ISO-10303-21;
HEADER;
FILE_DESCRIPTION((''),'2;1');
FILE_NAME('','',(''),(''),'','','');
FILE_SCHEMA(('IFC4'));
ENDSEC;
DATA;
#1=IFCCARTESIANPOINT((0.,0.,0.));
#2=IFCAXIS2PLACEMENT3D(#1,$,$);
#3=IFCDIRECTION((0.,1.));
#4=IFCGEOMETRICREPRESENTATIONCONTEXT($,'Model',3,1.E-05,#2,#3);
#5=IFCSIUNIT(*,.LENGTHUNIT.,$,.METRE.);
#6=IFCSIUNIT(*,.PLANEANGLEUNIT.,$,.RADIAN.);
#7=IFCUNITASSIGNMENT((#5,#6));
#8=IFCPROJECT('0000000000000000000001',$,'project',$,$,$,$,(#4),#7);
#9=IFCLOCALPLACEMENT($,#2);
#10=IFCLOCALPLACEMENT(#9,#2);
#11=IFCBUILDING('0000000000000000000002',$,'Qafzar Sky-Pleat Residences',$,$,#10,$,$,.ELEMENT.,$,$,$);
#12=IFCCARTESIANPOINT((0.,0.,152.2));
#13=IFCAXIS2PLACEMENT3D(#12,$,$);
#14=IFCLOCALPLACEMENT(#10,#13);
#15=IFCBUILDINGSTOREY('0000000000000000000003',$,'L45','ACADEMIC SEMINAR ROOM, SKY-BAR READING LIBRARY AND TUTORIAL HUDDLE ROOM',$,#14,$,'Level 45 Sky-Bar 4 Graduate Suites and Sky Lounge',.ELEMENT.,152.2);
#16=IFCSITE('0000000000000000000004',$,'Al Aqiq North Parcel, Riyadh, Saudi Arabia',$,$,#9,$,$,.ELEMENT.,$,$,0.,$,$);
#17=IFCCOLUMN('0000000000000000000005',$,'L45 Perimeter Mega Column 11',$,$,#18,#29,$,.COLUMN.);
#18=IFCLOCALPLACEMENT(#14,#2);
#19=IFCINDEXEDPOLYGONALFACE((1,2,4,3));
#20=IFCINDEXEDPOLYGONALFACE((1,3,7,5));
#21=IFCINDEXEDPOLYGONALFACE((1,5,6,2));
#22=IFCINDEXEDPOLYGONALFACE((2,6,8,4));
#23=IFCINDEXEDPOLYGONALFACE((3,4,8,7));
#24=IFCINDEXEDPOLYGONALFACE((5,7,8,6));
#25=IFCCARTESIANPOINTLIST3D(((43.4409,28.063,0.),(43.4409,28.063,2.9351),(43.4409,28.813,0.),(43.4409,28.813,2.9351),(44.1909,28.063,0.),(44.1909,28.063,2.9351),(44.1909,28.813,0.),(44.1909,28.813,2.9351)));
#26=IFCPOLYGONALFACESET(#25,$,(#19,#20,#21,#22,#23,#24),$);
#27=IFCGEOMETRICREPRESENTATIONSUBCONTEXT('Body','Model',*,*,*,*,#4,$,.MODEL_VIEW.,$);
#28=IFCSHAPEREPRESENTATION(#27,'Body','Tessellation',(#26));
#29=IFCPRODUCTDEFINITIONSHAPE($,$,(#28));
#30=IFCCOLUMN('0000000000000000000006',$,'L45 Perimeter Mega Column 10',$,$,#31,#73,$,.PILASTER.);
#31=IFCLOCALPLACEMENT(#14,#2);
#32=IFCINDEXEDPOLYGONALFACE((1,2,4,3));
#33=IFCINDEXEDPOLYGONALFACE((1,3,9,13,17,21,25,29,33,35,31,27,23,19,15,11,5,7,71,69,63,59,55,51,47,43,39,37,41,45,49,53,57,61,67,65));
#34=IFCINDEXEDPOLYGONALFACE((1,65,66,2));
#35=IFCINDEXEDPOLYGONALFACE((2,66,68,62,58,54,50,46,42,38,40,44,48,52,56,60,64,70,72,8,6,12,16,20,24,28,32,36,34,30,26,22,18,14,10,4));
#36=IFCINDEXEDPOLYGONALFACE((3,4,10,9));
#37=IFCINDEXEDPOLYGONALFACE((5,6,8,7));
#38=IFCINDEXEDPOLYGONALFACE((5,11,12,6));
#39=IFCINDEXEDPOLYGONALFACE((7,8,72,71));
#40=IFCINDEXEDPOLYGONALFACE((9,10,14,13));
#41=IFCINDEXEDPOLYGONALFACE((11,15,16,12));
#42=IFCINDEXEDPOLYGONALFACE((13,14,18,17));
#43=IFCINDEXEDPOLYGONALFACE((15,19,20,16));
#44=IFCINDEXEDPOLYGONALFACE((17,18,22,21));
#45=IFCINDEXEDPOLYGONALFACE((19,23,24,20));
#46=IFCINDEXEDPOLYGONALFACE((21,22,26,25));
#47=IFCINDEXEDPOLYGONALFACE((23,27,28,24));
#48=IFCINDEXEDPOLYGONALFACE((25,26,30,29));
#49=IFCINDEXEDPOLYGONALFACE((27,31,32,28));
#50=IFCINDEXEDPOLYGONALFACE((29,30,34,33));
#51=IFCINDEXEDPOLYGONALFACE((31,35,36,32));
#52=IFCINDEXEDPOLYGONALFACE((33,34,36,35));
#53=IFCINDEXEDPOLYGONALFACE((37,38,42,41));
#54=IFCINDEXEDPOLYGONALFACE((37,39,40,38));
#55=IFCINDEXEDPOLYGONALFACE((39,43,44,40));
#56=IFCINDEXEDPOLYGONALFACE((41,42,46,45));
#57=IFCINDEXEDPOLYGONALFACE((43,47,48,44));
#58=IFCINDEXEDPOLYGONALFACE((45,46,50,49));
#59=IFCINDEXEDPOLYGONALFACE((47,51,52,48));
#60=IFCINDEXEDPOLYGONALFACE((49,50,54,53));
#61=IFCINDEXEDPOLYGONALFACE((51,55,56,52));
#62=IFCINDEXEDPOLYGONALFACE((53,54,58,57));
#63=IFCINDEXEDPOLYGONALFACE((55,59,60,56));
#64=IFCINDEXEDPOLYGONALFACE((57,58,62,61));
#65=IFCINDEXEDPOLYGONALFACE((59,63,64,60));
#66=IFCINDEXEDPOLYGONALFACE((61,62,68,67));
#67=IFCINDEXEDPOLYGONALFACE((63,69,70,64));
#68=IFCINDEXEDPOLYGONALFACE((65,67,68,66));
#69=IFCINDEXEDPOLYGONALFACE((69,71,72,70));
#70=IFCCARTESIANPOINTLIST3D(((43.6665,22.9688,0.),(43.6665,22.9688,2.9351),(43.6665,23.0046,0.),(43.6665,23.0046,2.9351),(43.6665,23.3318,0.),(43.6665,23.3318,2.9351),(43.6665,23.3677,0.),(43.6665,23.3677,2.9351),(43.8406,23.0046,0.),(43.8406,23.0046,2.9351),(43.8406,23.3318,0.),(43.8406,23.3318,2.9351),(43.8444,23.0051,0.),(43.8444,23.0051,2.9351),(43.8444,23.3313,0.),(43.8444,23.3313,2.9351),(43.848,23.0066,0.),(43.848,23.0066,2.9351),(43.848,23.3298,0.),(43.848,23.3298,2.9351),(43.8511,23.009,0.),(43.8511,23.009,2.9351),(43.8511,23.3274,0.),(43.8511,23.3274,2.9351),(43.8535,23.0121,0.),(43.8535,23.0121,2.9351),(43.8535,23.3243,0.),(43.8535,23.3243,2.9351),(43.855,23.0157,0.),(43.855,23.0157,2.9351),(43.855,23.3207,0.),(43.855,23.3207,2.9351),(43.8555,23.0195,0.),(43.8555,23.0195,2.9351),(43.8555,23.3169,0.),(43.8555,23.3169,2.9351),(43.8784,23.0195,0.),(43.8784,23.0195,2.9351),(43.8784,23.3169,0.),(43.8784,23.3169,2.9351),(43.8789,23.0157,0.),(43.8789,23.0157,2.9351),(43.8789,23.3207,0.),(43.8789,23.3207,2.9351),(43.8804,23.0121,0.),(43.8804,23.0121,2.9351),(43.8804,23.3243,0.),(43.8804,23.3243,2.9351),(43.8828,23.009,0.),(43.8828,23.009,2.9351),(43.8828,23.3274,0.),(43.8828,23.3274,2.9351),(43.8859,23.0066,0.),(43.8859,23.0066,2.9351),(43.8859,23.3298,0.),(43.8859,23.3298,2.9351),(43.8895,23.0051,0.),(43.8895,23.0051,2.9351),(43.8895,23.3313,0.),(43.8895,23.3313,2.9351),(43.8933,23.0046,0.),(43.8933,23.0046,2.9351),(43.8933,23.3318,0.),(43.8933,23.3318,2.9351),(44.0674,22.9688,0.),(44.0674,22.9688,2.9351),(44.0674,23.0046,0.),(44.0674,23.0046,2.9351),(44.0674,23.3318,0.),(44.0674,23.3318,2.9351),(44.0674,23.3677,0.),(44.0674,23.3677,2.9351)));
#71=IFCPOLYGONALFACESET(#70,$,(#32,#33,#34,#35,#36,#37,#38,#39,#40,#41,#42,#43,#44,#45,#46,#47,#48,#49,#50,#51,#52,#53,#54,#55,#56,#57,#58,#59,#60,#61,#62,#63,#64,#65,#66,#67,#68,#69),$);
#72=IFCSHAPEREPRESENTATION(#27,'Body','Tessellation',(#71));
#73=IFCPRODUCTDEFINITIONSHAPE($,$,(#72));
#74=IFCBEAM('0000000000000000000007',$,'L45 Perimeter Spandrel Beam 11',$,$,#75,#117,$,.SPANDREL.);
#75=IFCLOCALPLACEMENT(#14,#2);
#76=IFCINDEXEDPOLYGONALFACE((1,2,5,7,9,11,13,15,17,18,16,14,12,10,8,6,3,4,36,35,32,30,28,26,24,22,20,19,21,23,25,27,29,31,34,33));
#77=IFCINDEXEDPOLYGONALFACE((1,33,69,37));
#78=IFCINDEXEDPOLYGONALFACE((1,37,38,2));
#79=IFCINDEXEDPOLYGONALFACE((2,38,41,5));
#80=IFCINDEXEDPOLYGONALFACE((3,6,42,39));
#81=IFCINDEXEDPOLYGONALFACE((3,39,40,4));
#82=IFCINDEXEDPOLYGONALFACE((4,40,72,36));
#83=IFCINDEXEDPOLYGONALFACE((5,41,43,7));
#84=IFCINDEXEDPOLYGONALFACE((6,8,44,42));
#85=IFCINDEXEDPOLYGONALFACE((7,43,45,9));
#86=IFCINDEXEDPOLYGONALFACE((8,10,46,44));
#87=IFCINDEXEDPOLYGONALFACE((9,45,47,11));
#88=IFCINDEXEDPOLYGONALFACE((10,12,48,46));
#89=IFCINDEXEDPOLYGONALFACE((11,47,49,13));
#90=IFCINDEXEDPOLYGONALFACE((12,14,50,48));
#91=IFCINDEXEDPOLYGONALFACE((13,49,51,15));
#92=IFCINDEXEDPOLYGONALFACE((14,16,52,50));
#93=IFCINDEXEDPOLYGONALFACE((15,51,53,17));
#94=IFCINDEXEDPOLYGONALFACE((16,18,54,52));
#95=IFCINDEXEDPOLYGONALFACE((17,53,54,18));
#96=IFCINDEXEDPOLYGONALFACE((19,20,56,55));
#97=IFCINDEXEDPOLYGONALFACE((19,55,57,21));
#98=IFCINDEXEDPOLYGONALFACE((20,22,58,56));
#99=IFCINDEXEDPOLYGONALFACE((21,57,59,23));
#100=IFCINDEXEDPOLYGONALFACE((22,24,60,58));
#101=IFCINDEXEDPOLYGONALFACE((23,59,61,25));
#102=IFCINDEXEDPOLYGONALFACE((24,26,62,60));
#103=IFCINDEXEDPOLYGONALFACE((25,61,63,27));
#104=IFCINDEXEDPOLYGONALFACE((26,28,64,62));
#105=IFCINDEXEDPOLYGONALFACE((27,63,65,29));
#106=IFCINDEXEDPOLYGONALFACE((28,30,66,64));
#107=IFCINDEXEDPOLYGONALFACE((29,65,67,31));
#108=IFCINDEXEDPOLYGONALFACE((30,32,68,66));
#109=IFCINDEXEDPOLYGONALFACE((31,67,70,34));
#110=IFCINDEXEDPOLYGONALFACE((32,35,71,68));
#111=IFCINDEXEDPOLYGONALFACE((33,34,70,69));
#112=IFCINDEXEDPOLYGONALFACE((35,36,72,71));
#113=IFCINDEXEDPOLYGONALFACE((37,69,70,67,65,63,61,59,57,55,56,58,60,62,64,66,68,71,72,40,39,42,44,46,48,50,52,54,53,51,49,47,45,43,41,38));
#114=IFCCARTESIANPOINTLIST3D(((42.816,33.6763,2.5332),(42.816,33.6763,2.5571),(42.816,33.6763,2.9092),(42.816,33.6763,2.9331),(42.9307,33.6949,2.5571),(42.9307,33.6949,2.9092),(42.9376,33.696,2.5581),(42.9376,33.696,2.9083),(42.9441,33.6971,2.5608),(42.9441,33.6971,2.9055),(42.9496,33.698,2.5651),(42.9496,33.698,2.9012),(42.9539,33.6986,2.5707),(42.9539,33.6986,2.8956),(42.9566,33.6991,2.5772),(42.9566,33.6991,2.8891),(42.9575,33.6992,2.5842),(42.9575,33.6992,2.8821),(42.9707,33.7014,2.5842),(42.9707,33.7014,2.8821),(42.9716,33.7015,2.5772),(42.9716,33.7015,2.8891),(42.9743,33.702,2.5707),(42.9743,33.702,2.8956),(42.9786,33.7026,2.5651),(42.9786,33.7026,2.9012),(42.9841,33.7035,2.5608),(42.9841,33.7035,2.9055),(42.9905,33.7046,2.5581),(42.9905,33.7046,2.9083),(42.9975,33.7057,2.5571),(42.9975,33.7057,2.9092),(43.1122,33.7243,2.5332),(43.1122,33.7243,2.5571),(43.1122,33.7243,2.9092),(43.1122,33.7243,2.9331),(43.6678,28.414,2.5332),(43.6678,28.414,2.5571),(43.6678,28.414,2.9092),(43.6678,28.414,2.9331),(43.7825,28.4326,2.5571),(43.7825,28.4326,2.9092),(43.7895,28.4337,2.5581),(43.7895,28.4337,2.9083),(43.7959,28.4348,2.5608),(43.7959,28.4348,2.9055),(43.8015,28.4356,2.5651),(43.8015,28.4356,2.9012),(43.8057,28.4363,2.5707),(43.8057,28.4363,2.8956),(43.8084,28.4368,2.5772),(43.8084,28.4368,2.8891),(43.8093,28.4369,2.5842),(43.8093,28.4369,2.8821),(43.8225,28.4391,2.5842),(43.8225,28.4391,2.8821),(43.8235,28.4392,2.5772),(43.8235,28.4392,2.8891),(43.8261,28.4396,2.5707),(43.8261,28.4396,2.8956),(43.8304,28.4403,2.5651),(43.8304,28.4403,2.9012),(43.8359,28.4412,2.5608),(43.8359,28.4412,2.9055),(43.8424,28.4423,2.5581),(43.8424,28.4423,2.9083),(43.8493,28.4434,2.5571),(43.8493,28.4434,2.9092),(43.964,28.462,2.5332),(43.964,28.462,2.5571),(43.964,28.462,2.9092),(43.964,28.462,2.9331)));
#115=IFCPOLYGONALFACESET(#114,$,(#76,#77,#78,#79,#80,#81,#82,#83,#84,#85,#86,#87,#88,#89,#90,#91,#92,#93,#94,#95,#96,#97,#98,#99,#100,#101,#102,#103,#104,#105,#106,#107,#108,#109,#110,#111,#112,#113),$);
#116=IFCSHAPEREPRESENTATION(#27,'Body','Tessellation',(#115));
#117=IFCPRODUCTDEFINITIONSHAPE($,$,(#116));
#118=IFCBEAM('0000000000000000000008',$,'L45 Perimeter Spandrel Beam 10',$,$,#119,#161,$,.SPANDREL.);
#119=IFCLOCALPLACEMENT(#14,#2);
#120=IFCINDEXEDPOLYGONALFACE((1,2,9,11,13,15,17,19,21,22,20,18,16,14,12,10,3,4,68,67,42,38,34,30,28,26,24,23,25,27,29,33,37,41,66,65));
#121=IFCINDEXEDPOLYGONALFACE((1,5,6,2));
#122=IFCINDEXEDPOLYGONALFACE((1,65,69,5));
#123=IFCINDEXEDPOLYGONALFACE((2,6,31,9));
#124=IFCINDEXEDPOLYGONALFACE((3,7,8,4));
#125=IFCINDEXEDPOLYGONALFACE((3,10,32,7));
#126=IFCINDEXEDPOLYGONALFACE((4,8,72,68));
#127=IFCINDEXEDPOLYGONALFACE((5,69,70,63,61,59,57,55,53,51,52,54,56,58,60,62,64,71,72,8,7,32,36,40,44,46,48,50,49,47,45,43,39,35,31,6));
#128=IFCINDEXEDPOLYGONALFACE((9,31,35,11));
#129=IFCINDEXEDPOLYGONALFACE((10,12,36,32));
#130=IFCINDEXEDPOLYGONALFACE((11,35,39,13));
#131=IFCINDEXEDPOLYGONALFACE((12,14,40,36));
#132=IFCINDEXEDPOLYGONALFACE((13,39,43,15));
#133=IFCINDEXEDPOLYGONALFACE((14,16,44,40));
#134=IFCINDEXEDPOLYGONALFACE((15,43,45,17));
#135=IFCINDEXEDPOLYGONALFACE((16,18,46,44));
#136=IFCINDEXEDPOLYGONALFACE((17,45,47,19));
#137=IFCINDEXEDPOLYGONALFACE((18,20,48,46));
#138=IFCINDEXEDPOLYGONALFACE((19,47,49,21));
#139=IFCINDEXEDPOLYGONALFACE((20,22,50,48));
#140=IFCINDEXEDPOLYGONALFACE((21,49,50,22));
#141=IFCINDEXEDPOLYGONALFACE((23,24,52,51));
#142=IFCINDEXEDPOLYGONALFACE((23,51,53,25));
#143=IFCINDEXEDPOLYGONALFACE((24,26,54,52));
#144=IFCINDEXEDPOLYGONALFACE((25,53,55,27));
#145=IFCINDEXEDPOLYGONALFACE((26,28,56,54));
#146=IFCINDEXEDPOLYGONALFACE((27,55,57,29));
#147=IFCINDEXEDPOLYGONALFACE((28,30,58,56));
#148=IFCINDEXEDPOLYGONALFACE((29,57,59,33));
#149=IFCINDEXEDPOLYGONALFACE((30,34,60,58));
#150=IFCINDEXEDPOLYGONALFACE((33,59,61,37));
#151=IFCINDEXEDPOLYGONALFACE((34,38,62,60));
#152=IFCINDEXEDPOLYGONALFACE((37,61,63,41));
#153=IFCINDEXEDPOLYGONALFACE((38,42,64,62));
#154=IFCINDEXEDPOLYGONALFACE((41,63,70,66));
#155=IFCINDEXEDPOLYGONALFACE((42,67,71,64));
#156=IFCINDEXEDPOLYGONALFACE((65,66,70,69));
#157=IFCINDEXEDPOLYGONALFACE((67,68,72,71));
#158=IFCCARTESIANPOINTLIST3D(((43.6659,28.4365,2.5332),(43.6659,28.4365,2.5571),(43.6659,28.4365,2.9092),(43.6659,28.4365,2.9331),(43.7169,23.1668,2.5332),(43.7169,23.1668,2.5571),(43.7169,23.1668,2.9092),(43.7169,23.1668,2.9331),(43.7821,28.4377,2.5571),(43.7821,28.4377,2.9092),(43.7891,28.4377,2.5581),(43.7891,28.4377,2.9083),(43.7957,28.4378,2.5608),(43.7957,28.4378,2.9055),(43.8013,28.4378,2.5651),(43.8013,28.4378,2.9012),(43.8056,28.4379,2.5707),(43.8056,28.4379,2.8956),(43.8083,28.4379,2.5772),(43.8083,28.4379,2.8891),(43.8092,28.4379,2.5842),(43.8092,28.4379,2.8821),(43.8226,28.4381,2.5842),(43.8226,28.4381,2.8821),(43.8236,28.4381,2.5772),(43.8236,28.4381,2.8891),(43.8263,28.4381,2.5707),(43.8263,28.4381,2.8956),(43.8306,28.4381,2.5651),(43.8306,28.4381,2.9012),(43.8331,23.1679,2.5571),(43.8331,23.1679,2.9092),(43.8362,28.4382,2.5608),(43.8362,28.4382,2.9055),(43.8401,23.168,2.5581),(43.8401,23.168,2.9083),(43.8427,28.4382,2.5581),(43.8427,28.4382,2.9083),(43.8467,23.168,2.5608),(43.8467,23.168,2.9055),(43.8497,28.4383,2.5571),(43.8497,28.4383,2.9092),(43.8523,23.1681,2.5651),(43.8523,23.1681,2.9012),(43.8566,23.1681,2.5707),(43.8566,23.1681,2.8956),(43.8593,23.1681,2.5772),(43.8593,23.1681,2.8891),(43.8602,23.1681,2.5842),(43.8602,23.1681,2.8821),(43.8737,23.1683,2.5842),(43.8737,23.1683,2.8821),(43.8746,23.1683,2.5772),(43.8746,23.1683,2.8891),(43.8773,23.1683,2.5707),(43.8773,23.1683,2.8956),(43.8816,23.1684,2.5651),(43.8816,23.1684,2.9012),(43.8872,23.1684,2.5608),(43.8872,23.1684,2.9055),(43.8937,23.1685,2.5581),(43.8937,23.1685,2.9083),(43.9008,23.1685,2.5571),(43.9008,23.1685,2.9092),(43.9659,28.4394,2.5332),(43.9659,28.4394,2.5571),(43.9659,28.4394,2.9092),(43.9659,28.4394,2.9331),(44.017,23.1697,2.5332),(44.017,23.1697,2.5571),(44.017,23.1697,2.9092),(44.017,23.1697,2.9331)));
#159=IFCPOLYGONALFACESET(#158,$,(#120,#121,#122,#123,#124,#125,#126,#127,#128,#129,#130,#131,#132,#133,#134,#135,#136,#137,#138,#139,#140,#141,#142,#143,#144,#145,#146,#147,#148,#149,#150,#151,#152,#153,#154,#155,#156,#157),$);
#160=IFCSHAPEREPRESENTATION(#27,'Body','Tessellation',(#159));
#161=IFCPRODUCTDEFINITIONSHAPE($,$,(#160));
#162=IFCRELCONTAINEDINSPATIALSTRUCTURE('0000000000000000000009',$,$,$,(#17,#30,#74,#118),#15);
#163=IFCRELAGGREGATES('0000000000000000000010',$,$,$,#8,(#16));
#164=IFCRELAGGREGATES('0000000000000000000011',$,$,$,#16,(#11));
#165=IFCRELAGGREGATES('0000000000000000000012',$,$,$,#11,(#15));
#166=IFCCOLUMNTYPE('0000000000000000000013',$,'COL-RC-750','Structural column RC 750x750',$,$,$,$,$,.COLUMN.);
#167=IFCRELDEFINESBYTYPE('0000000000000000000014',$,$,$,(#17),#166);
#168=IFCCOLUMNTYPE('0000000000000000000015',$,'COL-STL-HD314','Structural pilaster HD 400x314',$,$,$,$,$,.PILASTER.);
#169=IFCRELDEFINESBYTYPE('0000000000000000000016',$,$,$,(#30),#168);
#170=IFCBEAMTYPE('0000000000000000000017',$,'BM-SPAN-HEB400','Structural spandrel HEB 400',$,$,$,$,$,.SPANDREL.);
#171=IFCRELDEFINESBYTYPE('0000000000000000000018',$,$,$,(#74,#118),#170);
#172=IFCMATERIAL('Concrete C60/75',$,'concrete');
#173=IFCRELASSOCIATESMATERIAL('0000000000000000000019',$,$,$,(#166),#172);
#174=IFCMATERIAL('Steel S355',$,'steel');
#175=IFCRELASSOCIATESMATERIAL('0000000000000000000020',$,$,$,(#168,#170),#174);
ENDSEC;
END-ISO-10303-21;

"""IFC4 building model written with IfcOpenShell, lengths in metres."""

from ifc_helpers import new_model, si_unit, direction, frame, origin, origin_2d, place, context, subcontext, project, spatial, rectangle, i_section, extrude, source, transform, mapped, material, material_profile, profile_set, type_object, element, save


model = new_model("IFC4")

# Units and contexts
model_context = context("Model", 3, precision=1e-05, world=origin(), true_north=direction((0.0, 1.0)))
body_context = subcontext(model_context, "Body", "Model", "MODEL_VIEW")
ifc_project = project(units=[si_unit("LENGTHUNIT", "METRE"), si_unit("PLANEANGLEUNIT", "RADIAN")], contexts=[model_context])

# Site, building, storey
site_placement = place(None, origin())
site = spatial("IfcSite", under=ifc_project, at=site_placement, Name="Al Aqiq North Parcel, Riyadh, Saudi Arabia", CompositionType="ELEMENT", RefElevation=0.0)
building_placement = place(site_placement, origin())
building = spatial("IfcBuilding", under=site, at=building_placement, Name="Qafzar Sky-Pleat Residences", CompositionType="ELEMENT")
storey_placement = place(building_placement, frame((0.0, 0.0, 152.2)))
storey = spatial("IfcBuildingStorey", under=building, at=storey_placement, Name="L45", Description="ACADEMIC SEMINAR ROOM, SKY-BAR READING LIBRARY AND TUTORIAL HUDDLE ROOM", LongName="Level 45 Sky-Bar 4 Graduate Suites and Sky Lounge", CompositionType="ELEMENT", Elevation=152.2)

# Columns
ifc_material_1 = material(Name="Concrete C60/75", Category="concrete")
ifc_material_profile_1 = material_profile(ifc_material_1, rectangle(XDim=0.75, YDim=0.75, at=origin_2d()), Name="RC 750x750")
ifc_profile_set_1 = profile_set([ifc_material_profile_1], Name="Concrete C60/75")
column_type_1 = type_object("IfcColumnType", Name="COL-RC-750", Description="Structural column RC 750x750", PredefinedType="COLUMN", material=ifc_profile_set_1)
shared_shape_1 = source(origin(), body_context, "Body", "SweptSolid", [
    extrude(rectangle(XDim=0.75, YDim=0.75, at=origin_2d()), origin(), (0.0, 0.0, 1.0), 2.9351),
])
column_1_placement = place(storey_placement, frame((43.8159, 28.438, 0.0), z_axis=(0.0, 0.0, 1.0), x_axis=(1.0, 0.0, 0.0)))
element("IfcColumn", 1, at=column_1_placement, inside=storey, type_object=column_type_1, Name="L45 Perimeter Mega Column 11", PredefinedType="COLUMN", context=body_context, shape_type="MappedRepresentation", body=[
    mapped(shared_shape_1, transform((0.0, 0.0, 0.0), x_axis=(1.0, 0.0, 0.0), y_axis=(0.0, 1.0, 0.0), z_axis=(0.0, 0.0, 1.0), scale=1.0)),
])
ifc_material_2 = material(Name="Steel S355", Category="steel")
ifc_material_profile_2 = material_profile(ifc_material_2, i_section(OverallWidth=0.4009, OverallDepth=0.3989, WebThickness=0.0229, FlangeThickness=0.0359, FilletRadius=0.0149, at=origin_2d()), Name="HD 400x314")
ifc_profile_set_2 = profile_set([ifc_material_profile_2], Name="Steel S355")
column_type_2 = type_object("IfcColumnType", Name="COL-STL-HD314", Description="Structural pilaster HD 400x314", PredefinedType="PILASTER", material=ifc_profile_set_2)
shared_shape_2 = source(origin(), body_context, "Body", "SweptSolid", [
    extrude(i_section(OverallWidth=0.4009, OverallDepth=0.3989, WebThickness=0.0229, FlangeThickness=0.0359, FilletRadius=0.0149, at=origin_2d()), origin(), (0.0, 0.0, 1.0), 2.9351),
])
column_2_placement = place(storey_placement, frame((43.8669, 23.1682, 0.0), z_axis=(0.0, 0.0, 1.0), x_axis=(1.0, 0.0, 0.0)))
element("IfcColumn", 2, at=column_2_placement, inside=storey, type_object=column_type_2, Name="L45 Perimeter Mega Column 10", PredefinedType="PILASTER", context=body_context, shape_type="MappedRepresentation", body=[
    mapped(shared_shape_2, transform((0.0, 0.0, 0.0), x_axis=(1.0, 0.0, 0.0), y_axis=(0.0, 1.0, 0.0), z_axis=(0.0, 0.0, 1.0), scale=1.0)),
])

# Beams
ifc_material_profile_3 = material_profile(ifc_material_2, i_section(OverallWidth=0.3, OverallDepth=0.3999, WebThickness=0.0134, FlangeThickness=0.0239, FilletRadius=0.0271, at=origin_2d()), Name="HEB 400")
ifc_profile_set_3 = profile_set([ifc_material_profile_3], Name="Steel S355")
beam_type_1 = type_object("IfcBeamType", Name="BM-SPAN-HEB400", Description="Structural spandrel HEB 400", PredefinedType="SPANDREL", material=ifc_profile_set_3)
shared_shape_3 = source(origin(), body_context, "Body", "SweptSolid", [
    extrude(i_section(OverallWidth=0.3, OverallDepth=0.3999, WebThickness=0.0134, FlangeThickness=0.0239, FilletRadius=0.0271, at=origin_2d()), origin(), (0.0, 0.0, 1.0), 5.3308),
])
beam_1_placement = place(storey_placement, frame((43.8159, 28.438, 2.7332), z_axis=(-0.159793, 0.987151, 0.0), x_axis=(-0.987151, -0.159793, 0.0)))
element("IfcBeam", 3, at=beam_1_placement, inside=storey, type_object=beam_type_1, Name="L45 Perimeter Spandrel Beam 11", PredefinedType="SPANDREL", context=body_context, shape_type="MappedRepresentation", body=[
    mapped(shared_shape_3, transform((0.0, 0.0, 0.0), x_axis=(1.0, 0.0, 0.0), y_axis=(0.0, 1.0, 0.0), z_axis=(0.0, 0.0, 1.0), scale=1.0)),
])
shared_shape_4 = source(origin(), body_context, "Body", "SweptSolid", [
    extrude(i_section(OverallWidth=0.3, OverallDepth=0.3999, WebThickness=0.0134, FlangeThickness=0.0239, FilletRadius=0.0271, at=origin_2d()), origin(), (0.0, 0.0, 1.0), 5.27),
])
beam_2_placement = place(storey_placement, frame((43.8669, 23.1682, 2.7332), z_axis=(-0.009682, 0.999953, 0.0), x_axis=(-0.999953, -0.009682, 0.0)))
element("IfcBeam", 4, at=beam_2_placement, inside=storey, type_object=beam_type_1, Name="L45 Perimeter Spandrel Beam 10", PredefinedType="SPANDREL", context=body_context, shape_type="MappedRepresentation", body=[
    mapped(shared_shape_4, transform((0.0, 0.0, 0.0), x_axis=(1.0, 0.0, 0.0), y_axis=(0.0, 1.0, 0.0), z_axis=(0.0, 0.0, 1.0), scale=1.0)),
])

save(model, "model.ifc")
